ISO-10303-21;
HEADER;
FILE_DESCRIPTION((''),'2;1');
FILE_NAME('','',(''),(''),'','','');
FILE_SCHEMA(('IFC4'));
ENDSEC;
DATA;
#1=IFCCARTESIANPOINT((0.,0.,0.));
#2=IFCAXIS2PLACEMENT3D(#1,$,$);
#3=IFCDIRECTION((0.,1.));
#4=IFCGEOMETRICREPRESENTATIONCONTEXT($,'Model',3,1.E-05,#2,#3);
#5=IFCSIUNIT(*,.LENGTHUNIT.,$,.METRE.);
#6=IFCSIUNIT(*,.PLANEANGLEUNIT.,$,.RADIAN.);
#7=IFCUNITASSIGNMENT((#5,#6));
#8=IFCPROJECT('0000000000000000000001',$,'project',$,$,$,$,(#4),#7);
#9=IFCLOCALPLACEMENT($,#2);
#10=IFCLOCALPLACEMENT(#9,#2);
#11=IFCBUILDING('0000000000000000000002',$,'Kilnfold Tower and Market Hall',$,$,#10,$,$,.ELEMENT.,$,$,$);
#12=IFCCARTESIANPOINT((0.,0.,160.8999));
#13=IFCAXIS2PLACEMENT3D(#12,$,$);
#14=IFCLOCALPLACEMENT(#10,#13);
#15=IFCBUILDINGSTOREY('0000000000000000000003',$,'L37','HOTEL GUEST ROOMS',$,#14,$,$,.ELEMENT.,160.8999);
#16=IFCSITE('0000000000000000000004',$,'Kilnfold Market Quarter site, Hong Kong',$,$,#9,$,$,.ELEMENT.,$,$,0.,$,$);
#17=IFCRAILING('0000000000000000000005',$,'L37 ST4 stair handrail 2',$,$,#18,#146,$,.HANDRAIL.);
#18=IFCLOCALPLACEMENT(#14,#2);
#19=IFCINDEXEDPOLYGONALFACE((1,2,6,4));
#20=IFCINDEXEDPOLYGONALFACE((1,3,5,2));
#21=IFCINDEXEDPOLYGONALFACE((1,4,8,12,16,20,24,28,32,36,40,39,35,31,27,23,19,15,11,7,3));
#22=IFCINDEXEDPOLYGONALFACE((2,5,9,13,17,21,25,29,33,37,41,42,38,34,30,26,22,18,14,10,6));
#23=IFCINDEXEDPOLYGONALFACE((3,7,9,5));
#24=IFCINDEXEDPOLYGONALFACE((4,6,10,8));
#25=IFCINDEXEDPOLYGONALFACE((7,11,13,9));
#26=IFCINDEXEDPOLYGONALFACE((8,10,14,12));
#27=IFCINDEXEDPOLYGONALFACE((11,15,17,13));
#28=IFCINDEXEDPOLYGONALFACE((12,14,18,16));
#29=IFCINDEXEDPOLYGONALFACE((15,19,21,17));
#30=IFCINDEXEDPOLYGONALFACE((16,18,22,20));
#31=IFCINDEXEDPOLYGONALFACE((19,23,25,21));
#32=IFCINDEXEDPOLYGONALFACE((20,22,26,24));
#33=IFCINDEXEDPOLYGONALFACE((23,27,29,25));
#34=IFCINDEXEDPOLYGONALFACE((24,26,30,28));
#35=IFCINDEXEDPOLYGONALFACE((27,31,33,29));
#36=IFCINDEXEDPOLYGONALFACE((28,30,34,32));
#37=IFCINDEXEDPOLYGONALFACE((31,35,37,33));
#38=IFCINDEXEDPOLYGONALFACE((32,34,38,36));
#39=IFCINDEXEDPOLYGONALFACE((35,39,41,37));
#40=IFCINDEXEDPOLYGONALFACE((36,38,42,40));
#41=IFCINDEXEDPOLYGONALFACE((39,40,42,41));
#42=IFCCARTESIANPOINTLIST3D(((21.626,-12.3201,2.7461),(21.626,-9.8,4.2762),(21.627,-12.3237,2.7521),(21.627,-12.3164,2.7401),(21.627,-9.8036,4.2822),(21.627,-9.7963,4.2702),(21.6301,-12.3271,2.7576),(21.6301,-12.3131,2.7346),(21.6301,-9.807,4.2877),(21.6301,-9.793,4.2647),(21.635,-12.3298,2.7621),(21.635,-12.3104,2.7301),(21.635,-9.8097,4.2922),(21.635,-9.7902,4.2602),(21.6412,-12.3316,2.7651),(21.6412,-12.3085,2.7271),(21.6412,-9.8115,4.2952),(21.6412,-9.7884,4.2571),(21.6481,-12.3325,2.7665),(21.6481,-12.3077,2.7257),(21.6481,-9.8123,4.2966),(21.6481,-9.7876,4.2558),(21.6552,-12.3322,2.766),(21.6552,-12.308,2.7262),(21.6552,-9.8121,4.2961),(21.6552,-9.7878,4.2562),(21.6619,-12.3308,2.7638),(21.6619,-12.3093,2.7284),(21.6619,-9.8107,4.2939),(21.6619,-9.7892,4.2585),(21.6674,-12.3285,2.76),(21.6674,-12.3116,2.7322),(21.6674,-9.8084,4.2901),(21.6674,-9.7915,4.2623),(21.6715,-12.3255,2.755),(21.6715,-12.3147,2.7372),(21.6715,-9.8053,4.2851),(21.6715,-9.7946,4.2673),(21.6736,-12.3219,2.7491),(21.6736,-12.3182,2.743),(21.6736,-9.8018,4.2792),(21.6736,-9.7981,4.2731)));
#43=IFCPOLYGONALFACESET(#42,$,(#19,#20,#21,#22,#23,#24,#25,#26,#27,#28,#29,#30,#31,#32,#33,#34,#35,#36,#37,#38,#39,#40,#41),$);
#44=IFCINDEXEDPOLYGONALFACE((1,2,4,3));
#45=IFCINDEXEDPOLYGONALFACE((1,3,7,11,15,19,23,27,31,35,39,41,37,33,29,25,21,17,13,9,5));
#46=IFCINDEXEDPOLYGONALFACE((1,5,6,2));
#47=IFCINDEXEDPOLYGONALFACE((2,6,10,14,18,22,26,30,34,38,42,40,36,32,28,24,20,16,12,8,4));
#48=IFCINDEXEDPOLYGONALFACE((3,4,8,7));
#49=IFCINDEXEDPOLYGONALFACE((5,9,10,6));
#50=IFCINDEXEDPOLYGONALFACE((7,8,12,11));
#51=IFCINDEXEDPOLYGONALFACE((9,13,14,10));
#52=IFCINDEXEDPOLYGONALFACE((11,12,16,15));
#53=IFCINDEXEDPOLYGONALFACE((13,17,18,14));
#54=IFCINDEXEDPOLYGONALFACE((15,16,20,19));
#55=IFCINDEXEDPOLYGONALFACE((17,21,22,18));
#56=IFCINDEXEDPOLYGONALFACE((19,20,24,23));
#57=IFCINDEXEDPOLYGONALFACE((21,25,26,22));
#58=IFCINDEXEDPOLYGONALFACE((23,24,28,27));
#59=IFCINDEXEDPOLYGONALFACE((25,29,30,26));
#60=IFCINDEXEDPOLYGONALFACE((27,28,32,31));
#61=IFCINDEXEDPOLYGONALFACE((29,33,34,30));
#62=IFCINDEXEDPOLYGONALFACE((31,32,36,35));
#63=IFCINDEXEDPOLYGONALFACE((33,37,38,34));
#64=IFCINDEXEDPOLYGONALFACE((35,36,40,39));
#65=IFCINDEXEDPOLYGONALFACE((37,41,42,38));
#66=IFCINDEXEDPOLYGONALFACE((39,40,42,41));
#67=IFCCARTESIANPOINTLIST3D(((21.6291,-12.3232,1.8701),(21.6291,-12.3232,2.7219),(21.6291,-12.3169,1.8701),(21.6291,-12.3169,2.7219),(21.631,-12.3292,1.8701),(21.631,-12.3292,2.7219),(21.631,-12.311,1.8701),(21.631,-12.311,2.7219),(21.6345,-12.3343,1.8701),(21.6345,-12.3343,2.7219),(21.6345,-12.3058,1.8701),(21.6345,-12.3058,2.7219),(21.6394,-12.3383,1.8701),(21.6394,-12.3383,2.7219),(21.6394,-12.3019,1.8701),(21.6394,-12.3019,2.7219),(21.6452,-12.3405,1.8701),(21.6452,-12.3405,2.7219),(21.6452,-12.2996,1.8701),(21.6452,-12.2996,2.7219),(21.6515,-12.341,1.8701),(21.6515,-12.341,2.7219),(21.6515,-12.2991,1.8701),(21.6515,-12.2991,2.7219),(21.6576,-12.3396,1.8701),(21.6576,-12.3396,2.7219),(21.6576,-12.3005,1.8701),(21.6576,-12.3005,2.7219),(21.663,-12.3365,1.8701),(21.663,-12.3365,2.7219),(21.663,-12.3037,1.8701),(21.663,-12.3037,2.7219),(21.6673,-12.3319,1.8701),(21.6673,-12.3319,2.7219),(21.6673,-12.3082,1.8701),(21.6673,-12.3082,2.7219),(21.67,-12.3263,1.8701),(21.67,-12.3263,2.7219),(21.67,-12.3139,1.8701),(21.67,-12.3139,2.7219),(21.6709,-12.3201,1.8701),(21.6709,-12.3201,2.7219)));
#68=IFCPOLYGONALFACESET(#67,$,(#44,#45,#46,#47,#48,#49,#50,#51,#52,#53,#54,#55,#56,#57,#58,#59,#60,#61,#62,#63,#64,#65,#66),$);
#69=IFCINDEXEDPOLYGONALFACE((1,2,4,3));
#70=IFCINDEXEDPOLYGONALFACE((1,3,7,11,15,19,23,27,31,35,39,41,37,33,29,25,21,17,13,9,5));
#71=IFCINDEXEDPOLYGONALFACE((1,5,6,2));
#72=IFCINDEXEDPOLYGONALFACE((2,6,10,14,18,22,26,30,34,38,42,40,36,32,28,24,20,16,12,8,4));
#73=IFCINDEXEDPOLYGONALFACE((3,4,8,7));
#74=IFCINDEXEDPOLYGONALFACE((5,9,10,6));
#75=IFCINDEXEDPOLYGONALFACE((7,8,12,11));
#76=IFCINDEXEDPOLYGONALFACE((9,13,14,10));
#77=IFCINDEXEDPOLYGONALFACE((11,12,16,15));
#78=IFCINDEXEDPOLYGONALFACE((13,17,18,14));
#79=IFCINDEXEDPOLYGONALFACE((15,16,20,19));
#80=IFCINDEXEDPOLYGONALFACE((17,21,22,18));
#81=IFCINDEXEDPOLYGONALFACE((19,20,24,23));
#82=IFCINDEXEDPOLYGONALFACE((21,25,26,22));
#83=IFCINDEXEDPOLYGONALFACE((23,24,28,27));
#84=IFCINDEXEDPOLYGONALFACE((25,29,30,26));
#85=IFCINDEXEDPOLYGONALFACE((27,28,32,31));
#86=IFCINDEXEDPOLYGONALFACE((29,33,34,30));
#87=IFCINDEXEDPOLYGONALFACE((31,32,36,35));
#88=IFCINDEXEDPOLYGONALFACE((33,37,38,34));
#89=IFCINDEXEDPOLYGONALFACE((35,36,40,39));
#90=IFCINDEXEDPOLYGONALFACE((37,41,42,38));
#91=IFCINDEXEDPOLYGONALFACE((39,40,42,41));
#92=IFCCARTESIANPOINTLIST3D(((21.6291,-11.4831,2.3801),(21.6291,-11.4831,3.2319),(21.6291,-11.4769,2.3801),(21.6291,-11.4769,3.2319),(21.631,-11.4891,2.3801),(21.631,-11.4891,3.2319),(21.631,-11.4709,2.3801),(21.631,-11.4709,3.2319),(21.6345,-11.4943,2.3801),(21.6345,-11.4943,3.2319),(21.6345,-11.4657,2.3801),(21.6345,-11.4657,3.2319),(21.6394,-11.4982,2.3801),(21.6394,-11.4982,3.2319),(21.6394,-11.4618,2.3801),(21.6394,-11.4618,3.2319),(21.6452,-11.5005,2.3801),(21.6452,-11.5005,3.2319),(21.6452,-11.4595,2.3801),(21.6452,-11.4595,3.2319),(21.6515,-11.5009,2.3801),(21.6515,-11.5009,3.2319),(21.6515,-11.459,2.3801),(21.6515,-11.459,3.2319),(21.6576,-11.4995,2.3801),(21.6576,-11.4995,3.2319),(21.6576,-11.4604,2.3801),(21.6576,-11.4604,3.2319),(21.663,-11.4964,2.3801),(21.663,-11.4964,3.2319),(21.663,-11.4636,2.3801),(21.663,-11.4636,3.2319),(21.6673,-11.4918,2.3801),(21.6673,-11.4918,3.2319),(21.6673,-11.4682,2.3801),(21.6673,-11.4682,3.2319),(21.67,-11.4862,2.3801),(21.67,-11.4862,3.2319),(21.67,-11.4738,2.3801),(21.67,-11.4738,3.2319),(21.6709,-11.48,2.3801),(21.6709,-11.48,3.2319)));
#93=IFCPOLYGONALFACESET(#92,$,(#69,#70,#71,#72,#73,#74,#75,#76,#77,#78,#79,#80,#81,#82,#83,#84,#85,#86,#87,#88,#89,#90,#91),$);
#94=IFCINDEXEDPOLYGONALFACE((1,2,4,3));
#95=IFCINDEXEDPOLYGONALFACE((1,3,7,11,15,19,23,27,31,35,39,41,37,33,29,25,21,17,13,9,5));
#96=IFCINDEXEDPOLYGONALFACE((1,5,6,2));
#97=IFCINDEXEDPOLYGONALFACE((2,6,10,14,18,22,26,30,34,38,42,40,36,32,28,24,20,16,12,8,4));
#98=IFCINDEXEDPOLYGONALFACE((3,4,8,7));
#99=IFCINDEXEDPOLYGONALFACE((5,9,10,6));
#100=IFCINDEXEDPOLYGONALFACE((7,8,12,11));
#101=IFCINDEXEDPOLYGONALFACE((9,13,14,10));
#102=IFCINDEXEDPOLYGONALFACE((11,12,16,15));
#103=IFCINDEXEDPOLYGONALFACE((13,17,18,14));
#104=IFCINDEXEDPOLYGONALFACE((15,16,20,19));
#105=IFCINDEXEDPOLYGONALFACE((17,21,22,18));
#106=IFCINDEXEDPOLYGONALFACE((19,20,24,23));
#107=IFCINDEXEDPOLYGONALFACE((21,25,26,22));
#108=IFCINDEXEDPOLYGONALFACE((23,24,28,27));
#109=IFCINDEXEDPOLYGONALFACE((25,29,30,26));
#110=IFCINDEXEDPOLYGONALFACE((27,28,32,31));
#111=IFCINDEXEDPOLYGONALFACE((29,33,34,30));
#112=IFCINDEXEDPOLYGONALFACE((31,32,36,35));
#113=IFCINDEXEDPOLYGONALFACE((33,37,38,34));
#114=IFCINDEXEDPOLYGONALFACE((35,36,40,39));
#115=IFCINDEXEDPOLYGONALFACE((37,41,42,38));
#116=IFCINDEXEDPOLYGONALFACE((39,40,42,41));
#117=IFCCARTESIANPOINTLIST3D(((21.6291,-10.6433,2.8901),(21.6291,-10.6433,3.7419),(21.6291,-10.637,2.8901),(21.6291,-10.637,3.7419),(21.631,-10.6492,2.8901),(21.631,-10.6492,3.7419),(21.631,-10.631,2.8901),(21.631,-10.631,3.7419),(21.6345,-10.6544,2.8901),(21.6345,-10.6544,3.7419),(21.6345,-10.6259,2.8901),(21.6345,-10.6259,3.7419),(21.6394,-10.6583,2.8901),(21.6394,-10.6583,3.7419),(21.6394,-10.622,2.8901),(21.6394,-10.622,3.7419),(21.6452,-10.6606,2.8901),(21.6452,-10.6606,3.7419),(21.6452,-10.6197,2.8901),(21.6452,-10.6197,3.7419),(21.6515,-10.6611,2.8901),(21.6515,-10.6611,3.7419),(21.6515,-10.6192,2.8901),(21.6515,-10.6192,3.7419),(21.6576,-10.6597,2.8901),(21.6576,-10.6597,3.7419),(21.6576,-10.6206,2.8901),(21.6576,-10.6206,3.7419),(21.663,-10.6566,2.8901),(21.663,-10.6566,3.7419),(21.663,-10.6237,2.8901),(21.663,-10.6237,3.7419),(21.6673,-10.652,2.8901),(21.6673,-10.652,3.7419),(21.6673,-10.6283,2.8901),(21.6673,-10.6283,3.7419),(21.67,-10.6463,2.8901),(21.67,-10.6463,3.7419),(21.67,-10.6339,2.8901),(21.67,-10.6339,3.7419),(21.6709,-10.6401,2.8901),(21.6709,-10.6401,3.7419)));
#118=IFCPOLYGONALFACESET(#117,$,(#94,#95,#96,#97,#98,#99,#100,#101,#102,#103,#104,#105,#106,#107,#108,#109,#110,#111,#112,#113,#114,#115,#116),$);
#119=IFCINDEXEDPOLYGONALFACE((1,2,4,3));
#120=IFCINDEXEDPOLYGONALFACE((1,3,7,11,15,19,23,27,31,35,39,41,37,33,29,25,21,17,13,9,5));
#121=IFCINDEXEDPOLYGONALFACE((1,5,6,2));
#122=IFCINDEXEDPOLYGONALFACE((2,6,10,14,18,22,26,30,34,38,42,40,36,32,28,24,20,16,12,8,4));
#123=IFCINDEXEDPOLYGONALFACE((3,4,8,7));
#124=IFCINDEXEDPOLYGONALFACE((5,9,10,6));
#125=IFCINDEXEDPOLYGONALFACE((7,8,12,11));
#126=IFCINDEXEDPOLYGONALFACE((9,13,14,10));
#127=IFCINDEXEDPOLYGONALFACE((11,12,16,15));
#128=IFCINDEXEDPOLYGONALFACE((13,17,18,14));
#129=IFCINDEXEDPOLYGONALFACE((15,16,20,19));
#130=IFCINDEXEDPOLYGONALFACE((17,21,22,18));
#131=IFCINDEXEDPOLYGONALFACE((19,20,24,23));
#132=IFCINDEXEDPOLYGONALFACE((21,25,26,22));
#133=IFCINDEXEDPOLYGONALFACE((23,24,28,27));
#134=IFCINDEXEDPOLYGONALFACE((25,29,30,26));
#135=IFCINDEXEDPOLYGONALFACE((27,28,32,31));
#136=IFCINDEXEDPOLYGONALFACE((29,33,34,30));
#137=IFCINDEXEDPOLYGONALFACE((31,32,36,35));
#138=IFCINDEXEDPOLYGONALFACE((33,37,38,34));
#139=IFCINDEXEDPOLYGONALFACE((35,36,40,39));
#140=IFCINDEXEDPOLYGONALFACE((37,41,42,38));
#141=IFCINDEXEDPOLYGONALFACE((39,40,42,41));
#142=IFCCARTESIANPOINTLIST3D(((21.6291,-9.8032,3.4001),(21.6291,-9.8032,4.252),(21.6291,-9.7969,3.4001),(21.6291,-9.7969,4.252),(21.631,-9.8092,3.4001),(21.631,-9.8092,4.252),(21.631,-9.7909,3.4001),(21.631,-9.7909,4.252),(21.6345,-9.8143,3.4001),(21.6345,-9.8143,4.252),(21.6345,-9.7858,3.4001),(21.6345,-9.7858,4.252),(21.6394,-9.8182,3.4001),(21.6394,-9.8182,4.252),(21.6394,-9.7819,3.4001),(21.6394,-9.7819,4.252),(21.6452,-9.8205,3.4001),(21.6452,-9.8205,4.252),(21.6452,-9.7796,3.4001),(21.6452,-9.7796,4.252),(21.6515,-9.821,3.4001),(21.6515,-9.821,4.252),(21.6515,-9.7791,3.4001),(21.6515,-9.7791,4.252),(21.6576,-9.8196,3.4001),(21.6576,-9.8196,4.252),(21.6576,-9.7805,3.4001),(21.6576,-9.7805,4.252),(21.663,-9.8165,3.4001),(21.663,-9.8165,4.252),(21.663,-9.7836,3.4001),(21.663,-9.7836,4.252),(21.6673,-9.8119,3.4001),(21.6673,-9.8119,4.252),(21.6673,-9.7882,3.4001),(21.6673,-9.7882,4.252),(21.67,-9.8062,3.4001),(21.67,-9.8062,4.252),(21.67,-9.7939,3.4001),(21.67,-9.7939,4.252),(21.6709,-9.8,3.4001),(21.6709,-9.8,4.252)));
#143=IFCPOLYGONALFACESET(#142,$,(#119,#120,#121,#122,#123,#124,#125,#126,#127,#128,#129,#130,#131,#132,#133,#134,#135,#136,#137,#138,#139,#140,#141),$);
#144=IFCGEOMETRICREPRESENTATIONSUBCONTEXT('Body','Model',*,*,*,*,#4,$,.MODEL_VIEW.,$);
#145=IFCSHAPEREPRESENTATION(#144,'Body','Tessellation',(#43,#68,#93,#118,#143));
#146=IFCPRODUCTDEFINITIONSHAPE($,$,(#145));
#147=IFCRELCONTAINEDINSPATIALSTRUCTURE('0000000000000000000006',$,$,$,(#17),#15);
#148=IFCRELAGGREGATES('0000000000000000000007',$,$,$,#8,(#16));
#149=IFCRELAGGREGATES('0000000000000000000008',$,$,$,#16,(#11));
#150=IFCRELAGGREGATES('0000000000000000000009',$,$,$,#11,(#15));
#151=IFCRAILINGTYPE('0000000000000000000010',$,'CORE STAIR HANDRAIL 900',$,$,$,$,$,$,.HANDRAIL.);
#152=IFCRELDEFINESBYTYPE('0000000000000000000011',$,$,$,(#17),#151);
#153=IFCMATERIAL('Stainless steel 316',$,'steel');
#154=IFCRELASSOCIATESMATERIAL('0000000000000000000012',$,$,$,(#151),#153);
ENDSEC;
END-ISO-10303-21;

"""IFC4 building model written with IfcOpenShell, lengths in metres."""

from ifc_helpers import new_model, si_unit, direction, frame, origin, origin_2d, place, context, subcontext, project, spatial, circle, extrude, material, type_object, element, save


model = new_model("IFC4")

# Units and contexts
model_context = context("Model", 3, precision=1e-05, world=origin(), true_north=direction((0.0, 1.0)))
body_context = subcontext(model_context, "Body", "Model", "MODEL_VIEW")
ifc_project = project(units=[si_unit("LENGTHUNIT", "METRE"), si_unit("PLANEANGLEUNIT", "RADIAN")], contexts=[model_context])

# Site, building, storey
site_placement = place(None, origin())
site = spatial("IfcSite", under=ifc_project, at=site_placement, Name="Kilnfold Market Quarter site, Hong Kong", CompositionType="ELEMENT", RefElevation=0.0)
building_placement = place(site_placement, origin())
building = spatial("IfcBuilding", under=site, at=building_placement, Name="Kilnfold Tower and Market Hall", CompositionType="ELEMENT")
storey_placement = place(building_placement, frame((0.0, 0.0, 160.8999)))
storey = spatial("IfcBuildingStorey", under=building, at=storey_placement, Name="L37", Description="HOTEL GUEST ROOMS", CompositionType="ELEMENT", Elevation=160.8999)

# Railing
ifc_material_1 = material(Name="Stainless steel 316", Category="steel")
railing_type_1 = type_object("IfcRailingType", Name="CORE STAIR HANDRAIL 900", PredefinedType="HANDRAIL", material=ifc_material_1)
railing_1_placement = place(storey_placement, frame((21.6499, -12.3201, 1.8701)))
element("IfcRailing", 1, at=railing_1_placement, inside=storey, type_object=railing_type_1, Name="L37 ST4 stair handrail 2", PredefinedType="HANDRAIL", context=body_context, shape_type="SweptSolid", body=[
    extrude(circle(Radius=0.0239, at=origin_2d()), frame((0.0, 0.0, 0.876), z_axis=(0.0, 0.854785, 0.518982), x_axis=(-1.0, 0.0, 0.0)), (0.0, 0.0, 1.0), 2.9482),
    extrude(circle(Radius=0.021, at=origin_2d()), origin(), (0.0, 0.0, 1.0), 0.8518),
    extrude(circle(Radius=0.021, at=origin_2d()), frame((0.0, 0.8401, 0.51)), (0.0, 0.0, 1.0), 0.8518),
    extrude(circle(Radius=0.021, at=origin_2d()), frame((0.0, 1.6799, 1.02)), (0.0, 0.0, 1.0), 0.8518),
    extrude(circle(Radius=0.021, at=origin_2d()), frame((0.0, 2.52, 1.53)), (0.0, 0.0, 1.0), 0.8518),
])

save(model, "model.ifc")
